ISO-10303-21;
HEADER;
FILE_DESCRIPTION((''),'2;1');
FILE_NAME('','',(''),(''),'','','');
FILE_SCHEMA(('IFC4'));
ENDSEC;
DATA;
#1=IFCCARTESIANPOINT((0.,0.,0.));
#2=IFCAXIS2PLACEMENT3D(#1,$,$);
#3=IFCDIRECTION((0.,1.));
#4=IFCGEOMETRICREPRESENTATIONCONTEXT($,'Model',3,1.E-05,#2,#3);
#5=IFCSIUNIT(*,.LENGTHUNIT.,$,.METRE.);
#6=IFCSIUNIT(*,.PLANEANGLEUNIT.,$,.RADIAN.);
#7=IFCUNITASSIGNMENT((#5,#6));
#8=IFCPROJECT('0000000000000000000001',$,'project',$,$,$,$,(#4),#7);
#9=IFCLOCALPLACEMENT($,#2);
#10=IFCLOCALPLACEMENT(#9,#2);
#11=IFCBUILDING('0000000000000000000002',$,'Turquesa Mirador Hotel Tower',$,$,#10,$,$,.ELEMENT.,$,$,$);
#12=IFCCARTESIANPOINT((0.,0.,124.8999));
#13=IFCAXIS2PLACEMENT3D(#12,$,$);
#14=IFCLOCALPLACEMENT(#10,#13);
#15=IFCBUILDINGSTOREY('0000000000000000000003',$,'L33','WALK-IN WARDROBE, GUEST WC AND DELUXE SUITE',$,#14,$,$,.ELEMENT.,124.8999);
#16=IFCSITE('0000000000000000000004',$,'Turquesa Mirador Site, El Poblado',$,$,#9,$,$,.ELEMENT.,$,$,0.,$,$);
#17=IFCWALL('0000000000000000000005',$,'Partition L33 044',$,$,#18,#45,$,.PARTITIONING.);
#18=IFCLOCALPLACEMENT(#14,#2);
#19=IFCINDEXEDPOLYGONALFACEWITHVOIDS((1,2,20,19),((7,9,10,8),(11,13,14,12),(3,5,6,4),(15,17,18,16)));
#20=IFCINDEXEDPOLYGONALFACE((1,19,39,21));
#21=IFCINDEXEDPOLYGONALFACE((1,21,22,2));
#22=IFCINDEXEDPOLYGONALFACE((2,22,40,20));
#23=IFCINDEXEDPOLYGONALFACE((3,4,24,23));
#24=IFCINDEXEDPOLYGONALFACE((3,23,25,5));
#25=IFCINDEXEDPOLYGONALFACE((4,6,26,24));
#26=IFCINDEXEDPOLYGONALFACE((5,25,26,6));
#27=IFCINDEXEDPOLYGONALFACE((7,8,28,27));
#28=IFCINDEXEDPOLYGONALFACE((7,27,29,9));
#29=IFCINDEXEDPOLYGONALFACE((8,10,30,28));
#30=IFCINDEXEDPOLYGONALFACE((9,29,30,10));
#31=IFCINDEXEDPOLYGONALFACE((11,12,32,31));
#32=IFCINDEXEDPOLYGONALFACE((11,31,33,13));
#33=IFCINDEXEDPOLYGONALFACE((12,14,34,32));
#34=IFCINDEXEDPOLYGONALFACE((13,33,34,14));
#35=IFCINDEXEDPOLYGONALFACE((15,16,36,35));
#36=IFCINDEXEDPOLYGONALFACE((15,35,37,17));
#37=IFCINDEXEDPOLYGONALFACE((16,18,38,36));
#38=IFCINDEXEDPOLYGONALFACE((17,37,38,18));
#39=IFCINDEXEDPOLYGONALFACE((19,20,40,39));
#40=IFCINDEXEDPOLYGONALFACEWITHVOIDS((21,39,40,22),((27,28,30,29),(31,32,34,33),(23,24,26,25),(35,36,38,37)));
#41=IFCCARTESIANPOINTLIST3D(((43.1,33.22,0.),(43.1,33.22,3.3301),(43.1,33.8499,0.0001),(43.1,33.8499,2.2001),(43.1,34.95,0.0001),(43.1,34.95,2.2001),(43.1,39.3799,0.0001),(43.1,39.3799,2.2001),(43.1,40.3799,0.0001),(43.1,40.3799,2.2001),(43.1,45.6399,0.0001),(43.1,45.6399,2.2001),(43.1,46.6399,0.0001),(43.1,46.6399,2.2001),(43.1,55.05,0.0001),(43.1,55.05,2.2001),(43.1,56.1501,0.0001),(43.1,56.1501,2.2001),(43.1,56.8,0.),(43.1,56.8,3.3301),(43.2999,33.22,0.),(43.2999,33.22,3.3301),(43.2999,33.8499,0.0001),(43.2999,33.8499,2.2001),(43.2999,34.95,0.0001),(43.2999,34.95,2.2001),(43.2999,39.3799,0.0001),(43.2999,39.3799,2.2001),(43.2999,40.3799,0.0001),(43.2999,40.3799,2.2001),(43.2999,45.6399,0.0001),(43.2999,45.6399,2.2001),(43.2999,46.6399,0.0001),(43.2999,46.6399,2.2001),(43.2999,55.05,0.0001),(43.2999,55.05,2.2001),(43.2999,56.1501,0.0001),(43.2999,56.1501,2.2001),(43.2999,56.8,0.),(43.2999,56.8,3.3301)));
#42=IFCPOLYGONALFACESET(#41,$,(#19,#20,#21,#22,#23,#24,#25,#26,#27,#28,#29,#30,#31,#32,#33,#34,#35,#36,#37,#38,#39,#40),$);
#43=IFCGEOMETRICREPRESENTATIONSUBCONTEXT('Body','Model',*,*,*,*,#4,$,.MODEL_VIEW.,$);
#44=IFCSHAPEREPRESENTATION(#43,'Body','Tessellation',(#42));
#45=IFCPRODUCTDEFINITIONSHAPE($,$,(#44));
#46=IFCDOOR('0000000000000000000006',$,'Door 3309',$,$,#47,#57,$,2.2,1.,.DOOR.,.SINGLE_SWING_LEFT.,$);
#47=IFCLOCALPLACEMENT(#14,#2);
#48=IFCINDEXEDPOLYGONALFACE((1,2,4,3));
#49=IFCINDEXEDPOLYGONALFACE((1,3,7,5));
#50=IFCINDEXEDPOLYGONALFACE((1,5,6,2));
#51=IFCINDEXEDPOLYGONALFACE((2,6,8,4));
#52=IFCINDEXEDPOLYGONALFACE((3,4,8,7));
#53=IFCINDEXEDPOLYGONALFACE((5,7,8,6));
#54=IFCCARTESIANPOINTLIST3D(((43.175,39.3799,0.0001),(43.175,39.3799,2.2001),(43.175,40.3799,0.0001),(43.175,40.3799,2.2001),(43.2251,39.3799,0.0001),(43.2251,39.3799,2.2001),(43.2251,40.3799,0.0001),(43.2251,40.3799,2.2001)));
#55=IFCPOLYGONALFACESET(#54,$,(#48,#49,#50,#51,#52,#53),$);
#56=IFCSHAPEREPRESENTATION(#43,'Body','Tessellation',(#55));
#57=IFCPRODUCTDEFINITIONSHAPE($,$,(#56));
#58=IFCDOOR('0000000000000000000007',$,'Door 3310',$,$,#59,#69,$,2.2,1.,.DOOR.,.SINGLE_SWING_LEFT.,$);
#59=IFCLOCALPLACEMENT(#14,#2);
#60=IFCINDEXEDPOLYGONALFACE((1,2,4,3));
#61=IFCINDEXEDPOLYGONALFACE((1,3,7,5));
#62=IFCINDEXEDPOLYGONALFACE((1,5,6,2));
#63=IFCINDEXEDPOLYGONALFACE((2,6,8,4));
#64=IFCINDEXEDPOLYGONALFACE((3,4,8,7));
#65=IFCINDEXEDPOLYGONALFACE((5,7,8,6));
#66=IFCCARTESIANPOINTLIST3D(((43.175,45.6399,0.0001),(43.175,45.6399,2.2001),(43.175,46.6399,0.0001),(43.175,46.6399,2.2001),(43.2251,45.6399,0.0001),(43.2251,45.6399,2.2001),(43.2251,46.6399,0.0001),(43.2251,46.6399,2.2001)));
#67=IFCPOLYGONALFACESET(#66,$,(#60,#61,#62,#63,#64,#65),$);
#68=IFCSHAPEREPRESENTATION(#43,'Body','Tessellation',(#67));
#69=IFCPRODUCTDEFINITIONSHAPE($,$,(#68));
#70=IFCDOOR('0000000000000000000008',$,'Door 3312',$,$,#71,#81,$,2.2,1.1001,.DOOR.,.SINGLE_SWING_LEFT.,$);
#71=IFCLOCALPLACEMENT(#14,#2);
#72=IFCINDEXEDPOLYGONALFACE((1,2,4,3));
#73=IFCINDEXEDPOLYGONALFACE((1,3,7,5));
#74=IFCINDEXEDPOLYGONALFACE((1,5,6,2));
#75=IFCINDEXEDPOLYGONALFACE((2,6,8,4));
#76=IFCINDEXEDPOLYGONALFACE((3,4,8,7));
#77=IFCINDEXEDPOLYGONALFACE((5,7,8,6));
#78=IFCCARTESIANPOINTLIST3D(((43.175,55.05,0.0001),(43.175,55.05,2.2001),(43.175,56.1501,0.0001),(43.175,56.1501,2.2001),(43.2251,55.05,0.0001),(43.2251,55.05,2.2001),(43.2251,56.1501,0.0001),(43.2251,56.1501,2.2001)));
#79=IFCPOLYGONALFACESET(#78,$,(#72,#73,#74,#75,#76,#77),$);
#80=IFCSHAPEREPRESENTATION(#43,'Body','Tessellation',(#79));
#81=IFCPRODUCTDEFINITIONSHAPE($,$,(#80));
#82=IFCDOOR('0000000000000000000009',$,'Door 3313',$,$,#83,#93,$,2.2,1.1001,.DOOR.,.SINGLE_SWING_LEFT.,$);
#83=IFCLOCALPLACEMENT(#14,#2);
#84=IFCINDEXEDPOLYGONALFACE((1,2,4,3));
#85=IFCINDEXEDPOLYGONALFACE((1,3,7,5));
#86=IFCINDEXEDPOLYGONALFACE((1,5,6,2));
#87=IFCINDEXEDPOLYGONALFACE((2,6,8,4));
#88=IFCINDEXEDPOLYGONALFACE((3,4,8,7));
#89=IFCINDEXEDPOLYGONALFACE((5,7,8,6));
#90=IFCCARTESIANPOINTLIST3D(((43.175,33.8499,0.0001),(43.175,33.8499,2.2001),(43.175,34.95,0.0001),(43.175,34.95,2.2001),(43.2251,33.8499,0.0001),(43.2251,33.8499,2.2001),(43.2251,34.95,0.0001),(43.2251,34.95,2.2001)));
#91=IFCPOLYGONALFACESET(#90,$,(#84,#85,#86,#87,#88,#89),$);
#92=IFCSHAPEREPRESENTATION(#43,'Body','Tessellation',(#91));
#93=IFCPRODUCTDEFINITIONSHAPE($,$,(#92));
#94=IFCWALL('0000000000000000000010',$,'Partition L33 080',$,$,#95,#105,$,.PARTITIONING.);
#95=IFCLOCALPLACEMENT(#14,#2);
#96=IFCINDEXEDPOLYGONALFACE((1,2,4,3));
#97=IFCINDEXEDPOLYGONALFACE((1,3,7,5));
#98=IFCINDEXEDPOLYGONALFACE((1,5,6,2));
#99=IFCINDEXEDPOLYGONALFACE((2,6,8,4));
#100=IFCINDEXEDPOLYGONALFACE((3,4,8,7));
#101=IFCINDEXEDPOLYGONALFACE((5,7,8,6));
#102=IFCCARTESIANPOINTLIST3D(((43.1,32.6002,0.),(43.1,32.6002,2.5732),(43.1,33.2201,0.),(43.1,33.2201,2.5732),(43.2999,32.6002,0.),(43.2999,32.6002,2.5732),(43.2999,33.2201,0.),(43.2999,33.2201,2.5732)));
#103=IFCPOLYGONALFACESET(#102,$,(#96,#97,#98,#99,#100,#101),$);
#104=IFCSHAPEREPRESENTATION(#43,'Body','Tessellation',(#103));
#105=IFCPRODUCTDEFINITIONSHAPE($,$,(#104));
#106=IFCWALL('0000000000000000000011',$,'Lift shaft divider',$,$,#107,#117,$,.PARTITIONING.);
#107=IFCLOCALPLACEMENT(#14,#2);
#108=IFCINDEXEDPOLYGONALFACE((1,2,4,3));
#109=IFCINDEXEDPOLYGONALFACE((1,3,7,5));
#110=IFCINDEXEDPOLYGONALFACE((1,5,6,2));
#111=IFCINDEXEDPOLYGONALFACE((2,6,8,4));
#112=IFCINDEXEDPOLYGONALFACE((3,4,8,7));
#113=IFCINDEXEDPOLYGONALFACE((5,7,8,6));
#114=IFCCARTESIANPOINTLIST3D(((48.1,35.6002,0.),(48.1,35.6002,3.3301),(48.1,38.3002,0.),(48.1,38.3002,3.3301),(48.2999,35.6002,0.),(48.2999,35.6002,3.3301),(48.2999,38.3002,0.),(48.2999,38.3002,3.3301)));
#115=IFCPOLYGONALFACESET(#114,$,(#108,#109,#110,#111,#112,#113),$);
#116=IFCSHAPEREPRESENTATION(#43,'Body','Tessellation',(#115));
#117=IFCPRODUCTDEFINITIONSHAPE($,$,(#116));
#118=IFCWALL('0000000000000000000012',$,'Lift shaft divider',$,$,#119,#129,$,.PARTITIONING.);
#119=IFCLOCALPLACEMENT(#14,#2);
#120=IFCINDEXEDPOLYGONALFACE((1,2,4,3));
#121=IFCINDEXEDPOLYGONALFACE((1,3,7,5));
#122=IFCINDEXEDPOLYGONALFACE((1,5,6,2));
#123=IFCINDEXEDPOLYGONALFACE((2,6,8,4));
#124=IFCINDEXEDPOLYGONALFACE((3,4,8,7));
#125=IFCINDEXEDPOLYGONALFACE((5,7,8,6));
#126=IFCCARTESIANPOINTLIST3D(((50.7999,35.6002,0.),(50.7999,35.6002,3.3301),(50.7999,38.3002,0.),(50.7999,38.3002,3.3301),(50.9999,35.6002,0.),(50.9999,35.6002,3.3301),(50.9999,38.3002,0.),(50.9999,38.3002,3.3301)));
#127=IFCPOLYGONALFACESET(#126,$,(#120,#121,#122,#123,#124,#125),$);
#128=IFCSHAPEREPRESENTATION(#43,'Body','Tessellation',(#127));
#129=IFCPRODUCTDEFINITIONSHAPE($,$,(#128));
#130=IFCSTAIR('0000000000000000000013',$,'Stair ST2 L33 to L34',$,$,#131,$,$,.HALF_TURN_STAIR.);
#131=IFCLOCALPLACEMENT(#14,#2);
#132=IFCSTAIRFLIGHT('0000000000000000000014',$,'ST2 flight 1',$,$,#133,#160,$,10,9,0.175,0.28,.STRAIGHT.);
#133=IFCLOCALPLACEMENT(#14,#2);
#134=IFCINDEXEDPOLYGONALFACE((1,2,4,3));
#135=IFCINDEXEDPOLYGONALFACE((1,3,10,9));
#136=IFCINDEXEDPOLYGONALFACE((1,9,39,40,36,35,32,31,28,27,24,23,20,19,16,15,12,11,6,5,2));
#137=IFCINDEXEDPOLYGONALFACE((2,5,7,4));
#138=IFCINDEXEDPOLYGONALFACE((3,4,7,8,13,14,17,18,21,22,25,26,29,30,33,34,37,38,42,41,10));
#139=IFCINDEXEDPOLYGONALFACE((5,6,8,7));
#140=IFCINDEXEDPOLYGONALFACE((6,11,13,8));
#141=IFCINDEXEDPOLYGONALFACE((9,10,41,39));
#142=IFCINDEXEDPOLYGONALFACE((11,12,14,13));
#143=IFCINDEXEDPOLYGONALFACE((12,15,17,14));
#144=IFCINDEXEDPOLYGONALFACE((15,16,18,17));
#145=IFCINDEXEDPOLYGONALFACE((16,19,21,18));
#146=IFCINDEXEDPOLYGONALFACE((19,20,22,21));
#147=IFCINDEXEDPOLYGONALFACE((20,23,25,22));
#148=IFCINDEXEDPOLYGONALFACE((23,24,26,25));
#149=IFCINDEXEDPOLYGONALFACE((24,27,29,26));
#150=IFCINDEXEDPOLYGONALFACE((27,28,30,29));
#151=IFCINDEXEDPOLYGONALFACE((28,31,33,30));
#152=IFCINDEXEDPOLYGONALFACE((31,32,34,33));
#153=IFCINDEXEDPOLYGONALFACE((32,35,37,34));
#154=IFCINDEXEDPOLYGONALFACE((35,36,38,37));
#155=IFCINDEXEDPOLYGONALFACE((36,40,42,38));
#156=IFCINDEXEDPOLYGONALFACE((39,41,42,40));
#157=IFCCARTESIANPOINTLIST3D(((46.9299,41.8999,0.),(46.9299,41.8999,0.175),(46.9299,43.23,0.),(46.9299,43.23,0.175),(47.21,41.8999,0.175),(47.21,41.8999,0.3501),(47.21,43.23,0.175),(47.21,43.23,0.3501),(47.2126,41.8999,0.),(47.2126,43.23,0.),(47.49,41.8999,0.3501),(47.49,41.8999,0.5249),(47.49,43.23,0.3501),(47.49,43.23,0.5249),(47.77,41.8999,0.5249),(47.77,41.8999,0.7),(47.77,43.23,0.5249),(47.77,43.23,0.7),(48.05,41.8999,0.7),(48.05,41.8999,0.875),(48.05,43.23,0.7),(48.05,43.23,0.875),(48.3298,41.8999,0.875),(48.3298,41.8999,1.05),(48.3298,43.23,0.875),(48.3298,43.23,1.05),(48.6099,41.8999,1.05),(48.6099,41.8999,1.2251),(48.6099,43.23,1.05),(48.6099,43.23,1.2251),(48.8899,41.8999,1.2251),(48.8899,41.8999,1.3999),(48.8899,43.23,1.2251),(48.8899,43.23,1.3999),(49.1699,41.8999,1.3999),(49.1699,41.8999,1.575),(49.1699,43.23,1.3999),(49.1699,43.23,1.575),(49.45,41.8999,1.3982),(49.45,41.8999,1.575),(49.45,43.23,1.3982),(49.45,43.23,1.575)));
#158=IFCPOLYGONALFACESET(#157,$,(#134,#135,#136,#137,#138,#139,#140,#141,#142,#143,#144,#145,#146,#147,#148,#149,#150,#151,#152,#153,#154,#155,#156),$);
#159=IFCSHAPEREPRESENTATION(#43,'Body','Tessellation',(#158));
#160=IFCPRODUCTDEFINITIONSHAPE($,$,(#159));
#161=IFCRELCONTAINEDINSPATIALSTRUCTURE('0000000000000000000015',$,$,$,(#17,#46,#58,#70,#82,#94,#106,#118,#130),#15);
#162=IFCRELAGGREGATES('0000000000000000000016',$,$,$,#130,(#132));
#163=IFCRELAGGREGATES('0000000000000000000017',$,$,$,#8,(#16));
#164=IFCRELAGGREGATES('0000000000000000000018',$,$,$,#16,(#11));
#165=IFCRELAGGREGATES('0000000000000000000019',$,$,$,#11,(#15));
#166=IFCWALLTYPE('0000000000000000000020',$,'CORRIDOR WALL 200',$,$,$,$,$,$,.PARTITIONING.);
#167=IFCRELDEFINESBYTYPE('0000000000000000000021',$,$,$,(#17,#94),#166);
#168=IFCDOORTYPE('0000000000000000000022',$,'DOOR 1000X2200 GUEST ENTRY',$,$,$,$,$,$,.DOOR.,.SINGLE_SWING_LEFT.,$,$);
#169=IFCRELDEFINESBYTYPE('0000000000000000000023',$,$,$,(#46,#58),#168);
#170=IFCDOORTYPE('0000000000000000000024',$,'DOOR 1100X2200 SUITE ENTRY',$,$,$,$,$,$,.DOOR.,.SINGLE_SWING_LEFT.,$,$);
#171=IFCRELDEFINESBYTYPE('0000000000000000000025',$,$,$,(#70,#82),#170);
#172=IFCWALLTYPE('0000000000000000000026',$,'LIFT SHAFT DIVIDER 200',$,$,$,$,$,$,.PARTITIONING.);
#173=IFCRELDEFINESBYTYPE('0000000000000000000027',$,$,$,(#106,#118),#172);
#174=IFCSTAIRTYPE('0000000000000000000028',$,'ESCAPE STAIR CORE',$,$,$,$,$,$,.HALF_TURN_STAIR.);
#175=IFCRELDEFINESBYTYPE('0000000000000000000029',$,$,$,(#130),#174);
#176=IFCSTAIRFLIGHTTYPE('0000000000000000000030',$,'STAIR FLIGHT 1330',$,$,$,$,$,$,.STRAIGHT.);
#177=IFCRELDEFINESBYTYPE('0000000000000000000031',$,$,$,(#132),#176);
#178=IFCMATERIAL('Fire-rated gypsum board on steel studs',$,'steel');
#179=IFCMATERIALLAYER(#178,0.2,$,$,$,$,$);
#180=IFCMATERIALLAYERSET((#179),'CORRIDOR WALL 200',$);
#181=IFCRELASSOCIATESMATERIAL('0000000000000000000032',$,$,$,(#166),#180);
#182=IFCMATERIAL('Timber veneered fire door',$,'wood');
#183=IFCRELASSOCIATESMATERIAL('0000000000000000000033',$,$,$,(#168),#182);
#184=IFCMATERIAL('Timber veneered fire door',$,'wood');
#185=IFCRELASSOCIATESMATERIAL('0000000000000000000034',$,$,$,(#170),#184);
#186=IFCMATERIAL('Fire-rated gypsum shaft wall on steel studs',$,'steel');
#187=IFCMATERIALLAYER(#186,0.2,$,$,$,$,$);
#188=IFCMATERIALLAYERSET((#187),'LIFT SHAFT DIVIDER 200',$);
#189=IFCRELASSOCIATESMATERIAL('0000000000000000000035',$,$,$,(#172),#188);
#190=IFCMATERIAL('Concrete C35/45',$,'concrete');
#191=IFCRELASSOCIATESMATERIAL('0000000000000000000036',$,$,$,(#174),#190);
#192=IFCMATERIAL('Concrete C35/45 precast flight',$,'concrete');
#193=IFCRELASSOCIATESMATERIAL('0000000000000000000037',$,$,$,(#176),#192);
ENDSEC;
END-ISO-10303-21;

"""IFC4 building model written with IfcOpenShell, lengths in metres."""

from ifc_helpers import new_model, si_unit, direction, frame, frame_2d, origin, place, context, subcontext, project, spatial, polyline, rectangle, outline, extrude, material, layer, layer_set, type_object, element, fill, aggregate, save


model = new_model("IFC4")

# Units and contexts
model_context = context("Model", 3, precision=1e-05, world=origin(), true_north=direction((0.0, 1.0)))
body_context = subcontext(model_context, "Body", "Model", "MODEL_VIEW")
ifc_project = project(units=[si_unit("LENGTHUNIT", "METRE"), si_unit("PLANEANGLEUNIT", "RADIAN")], contexts=[model_context])

# Site, building, storey
site_placement = place(None, origin())
site = spatial("IfcSite", under=ifc_project, at=site_placement, Name="Turquesa Mirador Site, El Poblado", CompositionType="ELEMENT", RefElevation=0.0)
building_placement = place(site_placement, origin())
building = spatial("IfcBuilding", under=site, at=building_placement, Name="Turquesa Mirador Hotel Tower", CompositionType="ELEMENT")
storey_placement = place(building_placement, frame((0.0, 0.0, 124.8999)))
storey = spatial("IfcBuildingStorey", under=building, at=storey_placement, Name="L33", Description="WALK-IN WARDROBE, GUEST WC AND DELUXE SUITE", CompositionType="ELEMENT", Elevation=124.8999)

# Wall, openings, doors
ifc_material_1 = material(Name="Fire-rated gypsum board on steel studs", Category="steel")
ifc_layer_1 = layer(ifc_material_1, 0.2)
ifc_layer_set_1 = layer_set([ifc_layer_1], Name="CORRIDOR WALL 200")
wall_type_1 = type_object("IfcWallType", Name="CORRIDOR WALL 200", PredefinedType="PARTITIONING", material=ifc_layer_set_1)
ifc_material_2 = material(Name="Timber veneered fire door", Category="wood")
door_type_1 = type_object("IfcDoorType", Name="DOOR 1000X2200 GUEST ENTRY", OperationType="SINGLE_SWING_LEFT", PredefinedType="DOOR", material=ifc_material_2)
ifc_material_3 = material(Name="Timber veneered fire door", Category="wood")
door_type_2 = type_object("IfcDoorType", Name="DOOR 1100X2200 SUITE ENTRY", OperationType="SINGLE_SWING_LEFT", PredefinedType="DOOR", material=ifc_material_3)
wall_1_placement = place(storey_placement, frame((43.2, 33.22, 0.0), z_axis=(0.0, 0.0, 1.0), x_axis=(0.0, 1.0, 0.0)))
wall_1 = element("IfcWall", 1, at=wall_1_placement, inside=storey, type_object=wall_type_1, Name="Partition L33 044", PredefinedType="PARTITIONING", context=body_context, shape_type="SweptSolid", body=[
    extrude(rectangle(XDim=23.5801, YDim=0.2, at=frame_2d((11.79, 0.0))), origin(), (0.0, 0.0, 1.0), 3.3301),
])
opening_1_placement = place(wall_1_placement, frame((6.1599, 0.0, 0.0)))
opening_1 = element("IfcOpeningElement", 2, at=opening_1_placement, cuts=wall_1, PredefinedType="OPENING", context=body_context, shape_type="SweptSolid", body=[
    extrude(rectangle(XDim=1.0, YDim=2.2, at=frame_2d((0.5, 1.1001))), frame((0.0, 0.1099, 0.0), z_axis=(0.0, -1.0, 0.0), x_axis=(1.0, 0.0, 0.0)), (0.0, 0.0, 1.0), 0.22),
])
opening_2_placement = place(wall_1_placement, frame((12.4199, 0.0, 0.0)))
opening_2 = element("IfcOpeningElement", 3, at=opening_2_placement, cuts=wall_1, PredefinedType="OPENING", context=body_context, shape_type="SweptSolid", body=[
    extrude(rectangle(XDim=1.0, YDim=2.2, at=frame_2d((0.5, 1.1001))), frame((0.0, 0.1099, 0.0), z_axis=(0.0, -1.0, 0.0), x_axis=(1.0, 0.0, 0.0)), (0.0, 0.0, 1.0), 0.22),
])
opening_3_placement = place(wall_1_placement, frame((21.8301, 0.0, 0.0)))
opening_3 = element("IfcOpeningElement", 4, at=opening_3_placement, cuts=wall_1, PredefinedType="OPENING", context=body_context, shape_type="SweptSolid", body=[
    extrude(rectangle(XDim=1.1001, YDim=2.2, at=frame_2d((0.55, 1.1001))), frame((0.0, 0.1099, 0.0), z_axis=(0.0, -1.0, 0.0), x_axis=(1.0, 0.0, 0.0)), (0.0, 0.0, 1.0), 0.22),
])
opening_4_placement = place(wall_1_placement, frame((0.6299, 0.0, 0.0)))
opening_4 = element("IfcOpeningElement", 5, at=opening_4_placement, cuts=wall_1, PredefinedType="OPENING", context=body_context, shape_type="SweptSolid", body=[
    extrude(rectangle(XDim=1.1001, YDim=2.2, at=frame_2d((0.55, 1.1001))), frame((0.0, 0.1099, 0.0), z_axis=(0.0, -1.0, 0.0), x_axis=(1.0, 0.0, 0.0)), (0.0, 0.0, 1.0), 0.22),
])
door_1_placement = place(opening_1_placement, origin())
door_1 = element("IfcDoor", 6, at=door_1_placement, inside=storey, type_object=door_type_1, Name="Door 3309", OperationType="SINGLE_SWING_LEFT", OverallHeight=2.2, OverallWidth=1.0, PredefinedType="DOOR", context=body_context, shape_type="SweptSolid", body=[
    extrude(rectangle(XDim=1.0, YDim=2.2, at=frame_2d((0.5, 1.1001))), frame((0.0, 0.0249, 0.0), z_axis=(0.0, -1.0, 0.0), x_axis=(1.0, 0.0, 0.0)), (0.0, 0.0, 1.0), 0.05),
])
fill(opening_1, door_1)
door_2_placement = place(opening_2_placement, origin())
door_2 = element("IfcDoor", 7, at=door_2_placement, inside=storey, type_object=door_type_1, Name="Door 3310", OperationType="SINGLE_SWING_LEFT", OverallHeight=2.2, OverallWidth=1.0, PredefinedType="DOOR", context=body_context, shape_type="SweptSolid", body=[
    extrude(rectangle(XDim=1.0, YDim=2.2, at=frame_2d((0.5, 1.1001))), frame((0.0, 0.0249, 0.0), z_axis=(0.0, -1.0, 0.0), x_axis=(1.0, 0.0, 0.0)), (0.0, 0.0, 1.0), 0.05),
])
fill(opening_2, door_2)
door_3_placement = place(opening_3_placement, origin())
door_3 = element("IfcDoor", 8, at=door_3_placement, inside=storey, type_object=door_type_2, Name="Door 3312", OperationType="SINGLE_SWING_LEFT", OverallHeight=2.2, OverallWidth=1.1001, PredefinedType="DOOR", context=body_context, shape_type="SweptSolid", body=[
    extrude(rectangle(XDim=1.1001, YDim=2.2, at=frame_2d((0.55, 1.1001))), frame((0.0, 0.0249, 0.0), z_axis=(0.0, -1.0, 0.0), x_axis=(1.0, 0.0, 0.0)), (0.0, 0.0, 1.0), 0.05),
])
fill(opening_3, door_3)
door_4_placement = place(opening_4_placement, origin())
door_4 = element("IfcDoor", 9, at=door_4_placement, inside=storey, type_object=door_type_2, Name="Door 3313", OperationType="SINGLE_SWING_LEFT", OverallHeight=2.2, OverallWidth=1.1001, PredefinedType="DOOR", context=body_context, shape_type="SweptSolid", body=[
    extrude(rectangle(XDim=1.1001, YDim=2.2, at=frame_2d((0.55, 1.1001))), frame((0.0, 0.0249, 0.0), z_axis=(0.0, -1.0, 0.0), x_axis=(1.0, 0.0, 0.0)), (0.0, 0.0, 1.0), 0.05),
])
fill(opening_4, door_4)

# Walls
wall_2_placement = place(storey_placement, frame((43.2, 32.6001, 0.0), z_axis=(0.0, 0.0, 1.0), x_axis=(0.0, 1.0, 0.0)))
element("IfcWall", 10, at=wall_2_placement, inside=storey, type_object=wall_type_1, Name="Partition L33 080", PredefinedType="PARTITIONING", context=body_context, shape_type="SweptSolid", body=[
    extrude(rectangle(XDim=0.6199, YDim=0.2, at=frame_2d((0.3101, 0.0))), origin(), (0.0, 0.0, 1.0), 2.5732),
])
ifc_material_4 = material(Name="Fire-rated gypsum shaft wall on steel studs", Category="steel")
ifc_layer_2 = layer(ifc_material_4, 0.2)
ifc_layer_set_2 = layer_set([ifc_layer_2], Name="LIFT SHAFT DIVIDER 200")
wall_type_2 = type_object("IfcWallType", Name="LIFT SHAFT DIVIDER 200", PredefinedType="PARTITIONING", material=ifc_layer_set_2)
for number, where, z_axis, x_axis, name in (
    (11, (48.2, 35.6001, 0.0), (0.0, 0.0, 1.0), (0.0, 1.0, 0.0), "Lift shaft divider"),
    (12, (50.8999, 35.6001, 0.0), (0.0, 0.0, 1.0), (0.0, 1.0, 0.0), "Lift shaft divider"),
):
    element("IfcWall", number, at=place(storey_placement, frame(where, z_axis=z_axis, x_axis=x_axis)), inside=storey, type_object=wall_type_2, Name=name, PredefinedType="PARTITIONING", context=body_context, shape_type="SweptSolid", body=[
        extrude(rectangle(XDim=2.7, YDim=0.2, at=frame_2d((1.3501, 0.0))), origin(), (0.0, 0.0, 1.0), 3.3301),
    ])

# Stair, stair flight
ifc_material_5 = material(Name="Concrete C35/45", Category="concrete")
stair_type = type_object("IfcStairType", Name="ESCAPE STAIR CORE", PredefinedType="HALF_TURN_STAIR", material=ifc_material_5)
stair_placement = place(storey_placement, origin())
stair = element("IfcStair", 13, at=stair_placement, inside=storey, type_object=stair_type, Name="Stair ST2 L33 to L34", PredefinedType="HALF_TURN_STAIR")
ifc_material_6 = material(Name="Concrete C35/45 precast flight", Category="concrete")
stair_flight_type = type_object("IfcStairFlightType", Name="STAIR FLIGHT 1330", PredefinedType="STRAIGHT", material=ifc_material_6)
stair_flight_placement = place(storey_placement, frame((46.9299, 42.5649, 0.0), z_axis=(0.0, 0.0, 1.0), x_axis=(1.0, 0.0, 0.0)))
stair_flight = element("IfcStairFlight", 14, at=stair_flight_placement, type_object=stair_flight_type, Name="ST2 flight 1", NumberOfRisers=10, NumberOfTreads=9, PredefinedType="STRAIGHT", RiserHeight=0.175, TreadLength=0.28, context=body_context, shape_type="SweptSolid", body=[
    extrude(outline(polyline([(0.0, 0.0), (0.0, 0.175), (0.28, 0.175), (0.28, 0.3501), (0.5601, 0.3501), (0.5601, 0.5249), (0.8401, 0.5249), (0.8401, 0.7), (1.1201, 0.7), (1.1201, 0.875), (1.3999, 0.875), (1.3999, 1.05), (1.6799, 1.05), (1.6799, 1.2251), (1.96, 1.2251), (1.96, 1.3999), (2.24, 1.3999), (2.24, 1.575), (2.52, 1.575), (2.52, 1.75), (2.52, 1.3982), (0.2827, 0.0), (0.0, 0.0)])), frame((0.0, 0.665, 0.0), z_axis=(0.0, -1.0, 0.0), x_axis=(1.0, 0.0, 0.0)), (0.0, 0.0, 1.0), 1.3301),
])
aggregate(stair, [stair_flight])

save(model, "model.ifc")
